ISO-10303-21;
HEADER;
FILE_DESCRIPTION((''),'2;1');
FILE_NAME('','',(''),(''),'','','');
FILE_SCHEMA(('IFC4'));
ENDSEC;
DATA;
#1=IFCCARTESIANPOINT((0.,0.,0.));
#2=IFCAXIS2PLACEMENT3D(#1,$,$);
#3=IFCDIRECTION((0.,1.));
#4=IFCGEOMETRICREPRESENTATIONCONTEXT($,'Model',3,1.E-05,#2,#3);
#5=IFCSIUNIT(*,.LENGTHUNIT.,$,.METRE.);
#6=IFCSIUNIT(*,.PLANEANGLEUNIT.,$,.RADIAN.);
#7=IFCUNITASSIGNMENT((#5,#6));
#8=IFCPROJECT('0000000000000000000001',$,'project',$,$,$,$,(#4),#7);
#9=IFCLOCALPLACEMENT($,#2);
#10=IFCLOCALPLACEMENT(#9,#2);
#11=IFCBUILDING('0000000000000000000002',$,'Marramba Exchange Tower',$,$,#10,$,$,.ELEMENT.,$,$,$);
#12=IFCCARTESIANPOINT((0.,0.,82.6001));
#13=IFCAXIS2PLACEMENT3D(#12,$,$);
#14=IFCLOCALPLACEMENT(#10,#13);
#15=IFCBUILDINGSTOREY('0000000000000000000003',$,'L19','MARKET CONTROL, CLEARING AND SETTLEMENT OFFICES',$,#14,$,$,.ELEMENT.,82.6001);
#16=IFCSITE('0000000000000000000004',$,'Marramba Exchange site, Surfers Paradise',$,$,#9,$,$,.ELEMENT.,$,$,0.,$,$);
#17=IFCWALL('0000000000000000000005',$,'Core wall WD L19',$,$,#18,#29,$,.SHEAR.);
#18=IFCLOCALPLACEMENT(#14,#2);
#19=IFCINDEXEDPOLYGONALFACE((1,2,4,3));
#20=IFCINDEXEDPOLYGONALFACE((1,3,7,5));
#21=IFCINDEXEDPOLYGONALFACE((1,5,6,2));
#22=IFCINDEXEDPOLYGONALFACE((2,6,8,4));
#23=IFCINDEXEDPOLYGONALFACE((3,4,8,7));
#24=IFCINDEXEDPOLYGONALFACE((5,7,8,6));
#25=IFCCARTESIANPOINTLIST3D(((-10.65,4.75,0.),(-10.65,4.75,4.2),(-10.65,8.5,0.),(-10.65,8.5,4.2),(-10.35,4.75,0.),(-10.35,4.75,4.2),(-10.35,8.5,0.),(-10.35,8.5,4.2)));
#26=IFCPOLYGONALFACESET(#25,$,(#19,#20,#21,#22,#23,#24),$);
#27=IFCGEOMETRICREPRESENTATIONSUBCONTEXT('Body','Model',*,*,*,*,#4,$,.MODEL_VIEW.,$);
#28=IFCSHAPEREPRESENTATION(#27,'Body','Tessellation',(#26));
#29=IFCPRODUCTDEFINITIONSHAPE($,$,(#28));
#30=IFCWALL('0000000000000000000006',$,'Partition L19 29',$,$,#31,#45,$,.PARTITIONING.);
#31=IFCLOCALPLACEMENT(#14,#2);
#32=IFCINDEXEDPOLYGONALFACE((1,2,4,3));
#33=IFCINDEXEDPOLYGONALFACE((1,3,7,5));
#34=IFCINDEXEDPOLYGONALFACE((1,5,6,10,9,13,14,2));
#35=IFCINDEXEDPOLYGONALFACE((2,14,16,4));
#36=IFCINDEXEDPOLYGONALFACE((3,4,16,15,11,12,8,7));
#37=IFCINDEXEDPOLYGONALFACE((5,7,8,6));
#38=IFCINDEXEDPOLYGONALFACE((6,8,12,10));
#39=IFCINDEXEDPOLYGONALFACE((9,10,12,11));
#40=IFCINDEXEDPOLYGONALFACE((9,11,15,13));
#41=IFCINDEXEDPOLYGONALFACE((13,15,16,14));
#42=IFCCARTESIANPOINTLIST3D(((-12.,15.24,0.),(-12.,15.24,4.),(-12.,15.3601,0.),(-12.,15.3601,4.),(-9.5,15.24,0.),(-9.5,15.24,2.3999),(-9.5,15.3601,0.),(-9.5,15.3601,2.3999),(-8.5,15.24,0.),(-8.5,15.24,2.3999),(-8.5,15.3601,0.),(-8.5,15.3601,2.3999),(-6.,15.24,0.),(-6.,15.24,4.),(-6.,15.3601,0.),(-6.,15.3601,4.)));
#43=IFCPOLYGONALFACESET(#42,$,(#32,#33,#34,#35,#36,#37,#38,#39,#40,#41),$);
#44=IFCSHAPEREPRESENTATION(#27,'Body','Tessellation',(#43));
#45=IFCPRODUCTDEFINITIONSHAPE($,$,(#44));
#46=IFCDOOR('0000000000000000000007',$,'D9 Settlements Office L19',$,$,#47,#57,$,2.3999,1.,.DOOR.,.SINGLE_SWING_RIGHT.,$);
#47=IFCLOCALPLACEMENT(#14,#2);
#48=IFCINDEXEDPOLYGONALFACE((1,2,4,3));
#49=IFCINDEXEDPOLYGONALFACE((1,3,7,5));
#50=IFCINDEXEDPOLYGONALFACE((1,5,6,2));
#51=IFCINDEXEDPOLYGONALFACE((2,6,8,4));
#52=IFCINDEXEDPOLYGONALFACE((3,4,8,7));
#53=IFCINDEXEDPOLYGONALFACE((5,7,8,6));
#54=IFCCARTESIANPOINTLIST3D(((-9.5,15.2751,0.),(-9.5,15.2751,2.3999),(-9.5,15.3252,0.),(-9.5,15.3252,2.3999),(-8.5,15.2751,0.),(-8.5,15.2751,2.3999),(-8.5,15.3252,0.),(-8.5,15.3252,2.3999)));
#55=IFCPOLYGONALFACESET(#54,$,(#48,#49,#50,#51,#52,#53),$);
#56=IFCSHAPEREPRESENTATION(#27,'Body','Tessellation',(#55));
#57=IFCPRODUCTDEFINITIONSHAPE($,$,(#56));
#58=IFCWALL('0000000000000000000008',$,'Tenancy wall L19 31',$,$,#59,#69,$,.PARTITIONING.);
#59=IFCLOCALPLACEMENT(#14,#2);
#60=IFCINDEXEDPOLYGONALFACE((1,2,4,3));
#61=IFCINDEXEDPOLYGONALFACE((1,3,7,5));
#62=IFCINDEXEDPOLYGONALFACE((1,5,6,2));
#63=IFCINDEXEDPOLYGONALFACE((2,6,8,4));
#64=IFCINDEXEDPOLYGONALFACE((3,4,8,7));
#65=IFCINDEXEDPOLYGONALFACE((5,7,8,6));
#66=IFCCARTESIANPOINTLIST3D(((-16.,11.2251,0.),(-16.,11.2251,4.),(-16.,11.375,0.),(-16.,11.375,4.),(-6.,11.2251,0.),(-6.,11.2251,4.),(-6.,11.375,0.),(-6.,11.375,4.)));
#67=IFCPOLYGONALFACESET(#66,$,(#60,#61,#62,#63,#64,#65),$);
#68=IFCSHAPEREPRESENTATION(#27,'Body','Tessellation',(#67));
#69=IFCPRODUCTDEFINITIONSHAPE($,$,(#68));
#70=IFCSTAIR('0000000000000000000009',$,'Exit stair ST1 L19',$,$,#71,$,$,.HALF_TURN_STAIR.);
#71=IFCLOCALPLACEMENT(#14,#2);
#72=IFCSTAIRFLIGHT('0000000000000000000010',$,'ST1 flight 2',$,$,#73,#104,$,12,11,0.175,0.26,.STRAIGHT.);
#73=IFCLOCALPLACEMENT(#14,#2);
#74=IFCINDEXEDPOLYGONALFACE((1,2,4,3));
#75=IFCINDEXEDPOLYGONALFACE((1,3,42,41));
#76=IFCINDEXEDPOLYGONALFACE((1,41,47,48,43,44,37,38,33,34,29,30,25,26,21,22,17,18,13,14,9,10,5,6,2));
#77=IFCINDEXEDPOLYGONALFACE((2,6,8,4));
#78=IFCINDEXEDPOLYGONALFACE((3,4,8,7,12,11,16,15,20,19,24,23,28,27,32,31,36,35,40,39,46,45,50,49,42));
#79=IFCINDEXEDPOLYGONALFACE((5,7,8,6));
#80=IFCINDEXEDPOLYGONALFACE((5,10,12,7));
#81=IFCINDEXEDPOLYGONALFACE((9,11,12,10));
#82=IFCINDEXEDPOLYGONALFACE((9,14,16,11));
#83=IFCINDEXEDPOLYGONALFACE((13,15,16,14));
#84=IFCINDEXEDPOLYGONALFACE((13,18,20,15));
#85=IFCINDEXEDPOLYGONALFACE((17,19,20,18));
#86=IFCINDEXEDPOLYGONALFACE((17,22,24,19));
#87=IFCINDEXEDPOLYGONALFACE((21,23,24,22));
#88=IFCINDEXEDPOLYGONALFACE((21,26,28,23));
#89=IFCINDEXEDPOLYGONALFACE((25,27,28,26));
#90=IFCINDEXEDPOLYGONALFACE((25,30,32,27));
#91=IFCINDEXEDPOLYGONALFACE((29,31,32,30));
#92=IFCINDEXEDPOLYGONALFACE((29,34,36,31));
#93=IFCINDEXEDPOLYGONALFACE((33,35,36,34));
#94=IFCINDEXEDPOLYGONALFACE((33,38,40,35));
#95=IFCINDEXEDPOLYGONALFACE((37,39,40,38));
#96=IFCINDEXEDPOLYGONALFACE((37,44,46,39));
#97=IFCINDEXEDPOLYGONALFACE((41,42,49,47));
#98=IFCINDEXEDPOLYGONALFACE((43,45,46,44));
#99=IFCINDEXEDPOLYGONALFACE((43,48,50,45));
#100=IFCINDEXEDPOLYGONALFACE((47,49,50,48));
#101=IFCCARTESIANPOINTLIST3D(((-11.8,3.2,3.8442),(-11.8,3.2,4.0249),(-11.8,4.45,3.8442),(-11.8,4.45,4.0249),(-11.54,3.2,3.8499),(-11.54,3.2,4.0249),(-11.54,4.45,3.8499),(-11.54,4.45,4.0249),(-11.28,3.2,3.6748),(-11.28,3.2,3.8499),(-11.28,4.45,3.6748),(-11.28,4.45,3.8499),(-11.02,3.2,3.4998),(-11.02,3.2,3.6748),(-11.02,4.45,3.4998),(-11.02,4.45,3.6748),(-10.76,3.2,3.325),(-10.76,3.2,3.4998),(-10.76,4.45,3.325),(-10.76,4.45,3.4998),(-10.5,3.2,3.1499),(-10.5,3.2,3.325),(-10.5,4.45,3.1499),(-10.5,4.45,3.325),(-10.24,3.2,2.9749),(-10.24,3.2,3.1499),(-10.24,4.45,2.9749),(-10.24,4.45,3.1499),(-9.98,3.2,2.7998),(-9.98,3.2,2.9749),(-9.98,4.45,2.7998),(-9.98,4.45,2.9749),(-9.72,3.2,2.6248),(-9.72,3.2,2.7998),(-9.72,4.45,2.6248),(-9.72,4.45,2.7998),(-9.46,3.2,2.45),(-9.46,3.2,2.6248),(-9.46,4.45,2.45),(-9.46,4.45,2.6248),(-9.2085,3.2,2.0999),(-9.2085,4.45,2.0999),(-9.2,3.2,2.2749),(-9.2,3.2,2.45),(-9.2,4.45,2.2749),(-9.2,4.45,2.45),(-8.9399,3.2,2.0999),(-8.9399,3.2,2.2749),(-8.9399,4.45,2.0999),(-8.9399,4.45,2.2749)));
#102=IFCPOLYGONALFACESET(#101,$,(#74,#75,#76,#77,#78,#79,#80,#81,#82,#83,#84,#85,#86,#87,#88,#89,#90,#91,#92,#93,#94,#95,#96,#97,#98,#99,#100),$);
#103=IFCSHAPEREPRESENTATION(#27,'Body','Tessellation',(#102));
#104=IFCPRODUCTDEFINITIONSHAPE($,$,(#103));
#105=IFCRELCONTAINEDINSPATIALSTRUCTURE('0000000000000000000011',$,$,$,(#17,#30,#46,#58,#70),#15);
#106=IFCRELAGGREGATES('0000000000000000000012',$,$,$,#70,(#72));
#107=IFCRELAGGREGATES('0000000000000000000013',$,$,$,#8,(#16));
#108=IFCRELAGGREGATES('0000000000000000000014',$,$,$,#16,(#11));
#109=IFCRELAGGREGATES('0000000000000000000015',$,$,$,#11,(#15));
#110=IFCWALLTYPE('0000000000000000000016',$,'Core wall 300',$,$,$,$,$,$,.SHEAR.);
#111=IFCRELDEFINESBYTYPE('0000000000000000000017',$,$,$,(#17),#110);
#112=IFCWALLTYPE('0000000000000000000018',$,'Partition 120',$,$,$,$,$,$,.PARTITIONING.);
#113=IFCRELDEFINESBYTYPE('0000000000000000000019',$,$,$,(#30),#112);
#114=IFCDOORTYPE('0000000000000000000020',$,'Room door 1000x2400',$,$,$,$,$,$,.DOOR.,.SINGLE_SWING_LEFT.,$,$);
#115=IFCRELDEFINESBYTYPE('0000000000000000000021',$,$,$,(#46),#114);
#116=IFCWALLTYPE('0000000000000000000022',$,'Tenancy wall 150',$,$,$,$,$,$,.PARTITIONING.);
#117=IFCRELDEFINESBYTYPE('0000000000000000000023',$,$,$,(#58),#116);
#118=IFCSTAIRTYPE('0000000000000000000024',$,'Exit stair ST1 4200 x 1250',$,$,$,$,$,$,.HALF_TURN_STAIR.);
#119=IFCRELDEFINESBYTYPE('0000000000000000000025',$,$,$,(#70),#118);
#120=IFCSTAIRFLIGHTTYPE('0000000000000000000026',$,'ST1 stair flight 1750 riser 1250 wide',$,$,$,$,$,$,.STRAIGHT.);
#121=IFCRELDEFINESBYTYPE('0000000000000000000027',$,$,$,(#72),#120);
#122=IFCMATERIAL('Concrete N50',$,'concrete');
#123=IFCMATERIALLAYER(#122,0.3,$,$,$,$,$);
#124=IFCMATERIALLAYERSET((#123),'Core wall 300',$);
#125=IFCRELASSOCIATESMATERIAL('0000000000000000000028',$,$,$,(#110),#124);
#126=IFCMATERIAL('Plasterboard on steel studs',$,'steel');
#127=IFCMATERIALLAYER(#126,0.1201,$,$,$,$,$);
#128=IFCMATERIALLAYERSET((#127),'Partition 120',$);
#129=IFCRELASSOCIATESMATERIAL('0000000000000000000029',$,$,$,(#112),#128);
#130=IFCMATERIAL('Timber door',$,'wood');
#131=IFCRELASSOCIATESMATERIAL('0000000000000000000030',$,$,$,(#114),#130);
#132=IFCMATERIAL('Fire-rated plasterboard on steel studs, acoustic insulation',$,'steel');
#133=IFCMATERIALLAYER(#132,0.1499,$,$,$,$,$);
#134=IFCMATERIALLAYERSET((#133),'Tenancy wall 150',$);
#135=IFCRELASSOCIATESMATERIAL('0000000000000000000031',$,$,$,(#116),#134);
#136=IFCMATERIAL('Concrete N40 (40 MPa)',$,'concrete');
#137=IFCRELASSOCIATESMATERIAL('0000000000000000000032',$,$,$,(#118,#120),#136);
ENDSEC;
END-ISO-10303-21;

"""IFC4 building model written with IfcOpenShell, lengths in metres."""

from ifc_helpers import new_model, si_unit, direction, frame, frame_2d, origin, place, context, subcontext, project, spatial, polyline, rectangle, outline, extrude, material, layer, layer_set, type_object, element, fill, aggregate, save


model = new_model("IFC4")

# Units and contexts
model_context = context("Model", 3, precision=1e-05, world=origin(), true_north=direction((0.0, 1.0)))
body_context = subcontext(model_context, "Body", "Model", "MODEL_VIEW")
ifc_project = project(units=[si_unit("LENGTHUNIT", "METRE"), si_unit("PLANEANGLEUNIT", "RADIAN")], contexts=[model_context])

# Site, building, storey
site_placement = place(None, origin())
site = spatial("IfcSite", under=ifc_project, at=site_placement, Name="Marramba Exchange site, Surfers Paradise", CompositionType="ELEMENT", RefElevation=0.0)
building_placement = place(site_placement, origin())
building = spatial("IfcBuilding", under=site, at=building_placement, Name="Marramba Exchange Tower", CompositionType="ELEMENT")
storey_placement = place(building_placement, frame((0.0, 0.0, 82.6001)))
storey = spatial("IfcBuildingStorey", under=building, at=storey_placement, Name="L19", Description="MARKET CONTROL, CLEARING AND SETTLEMENT OFFICES", CompositionType="ELEMENT", Elevation=82.6001)

# Shared definitions
ifc_material_1 = material(Name="Timber door", Category="wood")

# Wall
ifc_material_2 = material(Name="Concrete N50", Category="concrete")
ifc_layer_1 = layer(ifc_material_2, 0.3)
ifc_layer_set_1 = layer_set([ifc_layer_1], Name="Core wall 300")
wall_type_1 = type_object("IfcWallType", Name="Core wall 300", PredefinedType="SHEAR", material=ifc_layer_set_1)
for number, where, z_axis, x_axis, name in (
    (1, (-10.5, 4.75, 0.0), (0.0, 0.0, 1.0), (0.0, 1.0, 0.0), "Core wall WD L19"),
):
    element("IfcWall", number, at=place(storey_placement, frame(where, z_axis=z_axis, x_axis=x_axis)), inside=storey, type_object=wall_type_1, Name=name, PredefinedType="SHEAR", context=body_context, shape_type="SweptSolid", body=[
        extrude(rectangle(XDim=3.75, YDim=0.3, at=frame_2d((1.875, 0.0))), origin(), (0.0, 0.0, 1.0), 4.2),
    ])

# Wall, opening, door
ifc_material_3 = material(Name="Plasterboard on steel studs", Category="steel")
ifc_layer_2 = layer(ifc_material_3, 0.1201)
ifc_layer_set_2 = layer_set([ifc_layer_2], Name="Partition 120")
wall_type_2 = type_object("IfcWallType", Name="Partition 120", PredefinedType="PARTITIONING", material=ifc_layer_set_2)
wall_1_placement = place(storey_placement, frame((-6.0, 15.3, 0.0), z_axis=(0.0, 0.0, 1.0), x_axis=(-1.0, 0.0, 0.0)))
wall_1 = element("IfcWall", 2, at=wall_1_placement, inside=storey, type_object=wall_type_2, Name="Partition L19 29", PredefinedType="PARTITIONING", context=body_context, shape_type="SweptSolid", body=[
    extrude(rectangle(XDim=6.0, YDim=0.1201, at=frame_2d((3.0, 0.0))), origin(), (0.0, 0.0, 1.0), 4.0),
])
opening_1_placement = place(wall_1_placement, frame((2.5, 0.0, 0.0)))
opening_1 = element("IfcOpeningElement", 3, at=opening_1_placement, cuts=wall_1, PredefinedType="OPENING", context=body_context, shape_type="SweptSolid", body=[
    extrude(rectangle(XDim=1.0, YDim=2.3999, at=frame_2d((0.5, 1.2))), frame((0.0, 0.0701, 0.0), z_axis=(0.0, -1.0, 0.0), x_axis=(1.0, 0.0, 0.0)), (0.0, 0.0, 1.0), 0.1401),
])
door_type_1 = type_object("IfcDoorType", Name="Room door 1000x2400", OperationType="SINGLE_SWING_LEFT", PredefinedType="DOOR", material=ifc_material_1)
door_1_placement = place(opening_1_placement, origin())
door_1 = element("IfcDoor", 4, at=door_1_placement, inside=storey, type_object=door_type_1, Name="D9 Settlements Office L19", OperationType="SINGLE_SWING_RIGHT", OverallHeight=2.3999, OverallWidth=1.0, PredefinedType="DOOR", context=body_context, shape_type="SweptSolid", body=[
    extrude(rectangle(XDim=1.0, YDim=2.3999, at=frame_2d((0.5, 1.2))), frame((0.0, 0.0249, 0.0), z_axis=(0.0, -1.0, 0.0), x_axis=(1.0, 0.0, 0.0)), (0.0, 0.0, 1.0), 0.05),
])
fill(opening_1, door_1)

# Wall
ifc_material_4 = material(Name="Fire-rated plasterboard on steel studs, acoustic insulation", Category="steel")
ifc_layer_3 = layer(ifc_material_4, 0.1499)
ifc_layer_set_3 = layer_set([ifc_layer_3], Name="Tenancy wall 150")
wall_type_3 = type_object("IfcWallType", Name="Tenancy wall 150", PredefinedType="PARTITIONING", material=ifc_layer_set_3)
wall_2_placement = place(storey_placement, frame((-6.0, 11.3, 0.0), z_axis=(0.0, 0.0, 1.0), x_axis=(-1.0, 0.0, 0.0)))
element("IfcWall", 5, at=wall_2_placement, inside=storey, type_object=wall_type_3, Name="Tenancy wall L19 31", PredefinedType="PARTITIONING", context=body_context, shape_type="SweptSolid", body=[
    extrude(rectangle(XDim=10.0, YDim=0.1499, at=frame_2d((5.0, 0.0))), origin(), (0.0, 0.0, 1.0), 4.0),
])

# Stair, stair flight
ifc_material_5 = material(Name="Concrete N40 (40 MPa)", Category="concrete")
stair_type = type_object("IfcStairType", Name="Exit stair ST1 4200 x 1250", PredefinedType="HALF_TURN_STAIR", material=ifc_material_5)
stair_placement = place(storey_placement, origin())
stair = element("IfcStair", 6, at=stair_placement, inside=storey, type_object=stair_type, Name="Exit stair ST1 L19", PredefinedType="HALF_TURN_STAIR")
stair_flight_type = type_object("IfcStairFlightType", Name="ST1 stair flight 1750 riser 1250 wide", PredefinedType="STRAIGHT", material=ifc_material_5)
stair_flight_placement = place(storey_placement, frame((-8.9399, 3.825, 2.0999), z_axis=(0.0, 0.0, 1.0), x_axis=(-1.0, 0.0, 0.0)))
stair_flight = element("IfcStairFlight", 7, at=stair_flight_placement, type_object=stair_flight_type, Name="ST1 flight 2", NumberOfRisers=12, NumberOfTreads=11, PredefinedType="STRAIGHT", RiserHeight=0.175, TreadLength=0.26, context=body_context, shape_type="SweptSolid", body=[
    extrude(outline(polyline([(0.0, 0.0), (0.0, 0.175), (0.26, 0.175), (0.26, 0.3501), (0.52, 0.3501), (0.52, 0.5249), (0.78, 0.5249), (0.78, 0.7), (1.04, 0.7), (1.04, 0.875), (1.3, 0.875), (1.3, 1.05), (1.5601, 1.05), (1.5601, 1.2251), (1.8201, 1.2251), (1.8201, 1.3999), (2.0801, 1.3999), (2.0801, 1.575), (2.3401, 1.575), (2.3401, 1.75), (2.6001, 1.75), (2.6001, 1.925), (2.8601, 1.925), (2.8601, 2.1001), (2.8601, 1.7444), (0.2686, 0.0), (0.0, 0.0)])), frame((0.0, 0.625, 0.0), z_axis=(0.0, -1.0, 0.0), x_axis=(1.0, 0.0, 0.0)), (0.0, 0.0, 1.0), 1.25),
])
aggregate(stair, [stair_flight])

save(model, "model.ifc")
